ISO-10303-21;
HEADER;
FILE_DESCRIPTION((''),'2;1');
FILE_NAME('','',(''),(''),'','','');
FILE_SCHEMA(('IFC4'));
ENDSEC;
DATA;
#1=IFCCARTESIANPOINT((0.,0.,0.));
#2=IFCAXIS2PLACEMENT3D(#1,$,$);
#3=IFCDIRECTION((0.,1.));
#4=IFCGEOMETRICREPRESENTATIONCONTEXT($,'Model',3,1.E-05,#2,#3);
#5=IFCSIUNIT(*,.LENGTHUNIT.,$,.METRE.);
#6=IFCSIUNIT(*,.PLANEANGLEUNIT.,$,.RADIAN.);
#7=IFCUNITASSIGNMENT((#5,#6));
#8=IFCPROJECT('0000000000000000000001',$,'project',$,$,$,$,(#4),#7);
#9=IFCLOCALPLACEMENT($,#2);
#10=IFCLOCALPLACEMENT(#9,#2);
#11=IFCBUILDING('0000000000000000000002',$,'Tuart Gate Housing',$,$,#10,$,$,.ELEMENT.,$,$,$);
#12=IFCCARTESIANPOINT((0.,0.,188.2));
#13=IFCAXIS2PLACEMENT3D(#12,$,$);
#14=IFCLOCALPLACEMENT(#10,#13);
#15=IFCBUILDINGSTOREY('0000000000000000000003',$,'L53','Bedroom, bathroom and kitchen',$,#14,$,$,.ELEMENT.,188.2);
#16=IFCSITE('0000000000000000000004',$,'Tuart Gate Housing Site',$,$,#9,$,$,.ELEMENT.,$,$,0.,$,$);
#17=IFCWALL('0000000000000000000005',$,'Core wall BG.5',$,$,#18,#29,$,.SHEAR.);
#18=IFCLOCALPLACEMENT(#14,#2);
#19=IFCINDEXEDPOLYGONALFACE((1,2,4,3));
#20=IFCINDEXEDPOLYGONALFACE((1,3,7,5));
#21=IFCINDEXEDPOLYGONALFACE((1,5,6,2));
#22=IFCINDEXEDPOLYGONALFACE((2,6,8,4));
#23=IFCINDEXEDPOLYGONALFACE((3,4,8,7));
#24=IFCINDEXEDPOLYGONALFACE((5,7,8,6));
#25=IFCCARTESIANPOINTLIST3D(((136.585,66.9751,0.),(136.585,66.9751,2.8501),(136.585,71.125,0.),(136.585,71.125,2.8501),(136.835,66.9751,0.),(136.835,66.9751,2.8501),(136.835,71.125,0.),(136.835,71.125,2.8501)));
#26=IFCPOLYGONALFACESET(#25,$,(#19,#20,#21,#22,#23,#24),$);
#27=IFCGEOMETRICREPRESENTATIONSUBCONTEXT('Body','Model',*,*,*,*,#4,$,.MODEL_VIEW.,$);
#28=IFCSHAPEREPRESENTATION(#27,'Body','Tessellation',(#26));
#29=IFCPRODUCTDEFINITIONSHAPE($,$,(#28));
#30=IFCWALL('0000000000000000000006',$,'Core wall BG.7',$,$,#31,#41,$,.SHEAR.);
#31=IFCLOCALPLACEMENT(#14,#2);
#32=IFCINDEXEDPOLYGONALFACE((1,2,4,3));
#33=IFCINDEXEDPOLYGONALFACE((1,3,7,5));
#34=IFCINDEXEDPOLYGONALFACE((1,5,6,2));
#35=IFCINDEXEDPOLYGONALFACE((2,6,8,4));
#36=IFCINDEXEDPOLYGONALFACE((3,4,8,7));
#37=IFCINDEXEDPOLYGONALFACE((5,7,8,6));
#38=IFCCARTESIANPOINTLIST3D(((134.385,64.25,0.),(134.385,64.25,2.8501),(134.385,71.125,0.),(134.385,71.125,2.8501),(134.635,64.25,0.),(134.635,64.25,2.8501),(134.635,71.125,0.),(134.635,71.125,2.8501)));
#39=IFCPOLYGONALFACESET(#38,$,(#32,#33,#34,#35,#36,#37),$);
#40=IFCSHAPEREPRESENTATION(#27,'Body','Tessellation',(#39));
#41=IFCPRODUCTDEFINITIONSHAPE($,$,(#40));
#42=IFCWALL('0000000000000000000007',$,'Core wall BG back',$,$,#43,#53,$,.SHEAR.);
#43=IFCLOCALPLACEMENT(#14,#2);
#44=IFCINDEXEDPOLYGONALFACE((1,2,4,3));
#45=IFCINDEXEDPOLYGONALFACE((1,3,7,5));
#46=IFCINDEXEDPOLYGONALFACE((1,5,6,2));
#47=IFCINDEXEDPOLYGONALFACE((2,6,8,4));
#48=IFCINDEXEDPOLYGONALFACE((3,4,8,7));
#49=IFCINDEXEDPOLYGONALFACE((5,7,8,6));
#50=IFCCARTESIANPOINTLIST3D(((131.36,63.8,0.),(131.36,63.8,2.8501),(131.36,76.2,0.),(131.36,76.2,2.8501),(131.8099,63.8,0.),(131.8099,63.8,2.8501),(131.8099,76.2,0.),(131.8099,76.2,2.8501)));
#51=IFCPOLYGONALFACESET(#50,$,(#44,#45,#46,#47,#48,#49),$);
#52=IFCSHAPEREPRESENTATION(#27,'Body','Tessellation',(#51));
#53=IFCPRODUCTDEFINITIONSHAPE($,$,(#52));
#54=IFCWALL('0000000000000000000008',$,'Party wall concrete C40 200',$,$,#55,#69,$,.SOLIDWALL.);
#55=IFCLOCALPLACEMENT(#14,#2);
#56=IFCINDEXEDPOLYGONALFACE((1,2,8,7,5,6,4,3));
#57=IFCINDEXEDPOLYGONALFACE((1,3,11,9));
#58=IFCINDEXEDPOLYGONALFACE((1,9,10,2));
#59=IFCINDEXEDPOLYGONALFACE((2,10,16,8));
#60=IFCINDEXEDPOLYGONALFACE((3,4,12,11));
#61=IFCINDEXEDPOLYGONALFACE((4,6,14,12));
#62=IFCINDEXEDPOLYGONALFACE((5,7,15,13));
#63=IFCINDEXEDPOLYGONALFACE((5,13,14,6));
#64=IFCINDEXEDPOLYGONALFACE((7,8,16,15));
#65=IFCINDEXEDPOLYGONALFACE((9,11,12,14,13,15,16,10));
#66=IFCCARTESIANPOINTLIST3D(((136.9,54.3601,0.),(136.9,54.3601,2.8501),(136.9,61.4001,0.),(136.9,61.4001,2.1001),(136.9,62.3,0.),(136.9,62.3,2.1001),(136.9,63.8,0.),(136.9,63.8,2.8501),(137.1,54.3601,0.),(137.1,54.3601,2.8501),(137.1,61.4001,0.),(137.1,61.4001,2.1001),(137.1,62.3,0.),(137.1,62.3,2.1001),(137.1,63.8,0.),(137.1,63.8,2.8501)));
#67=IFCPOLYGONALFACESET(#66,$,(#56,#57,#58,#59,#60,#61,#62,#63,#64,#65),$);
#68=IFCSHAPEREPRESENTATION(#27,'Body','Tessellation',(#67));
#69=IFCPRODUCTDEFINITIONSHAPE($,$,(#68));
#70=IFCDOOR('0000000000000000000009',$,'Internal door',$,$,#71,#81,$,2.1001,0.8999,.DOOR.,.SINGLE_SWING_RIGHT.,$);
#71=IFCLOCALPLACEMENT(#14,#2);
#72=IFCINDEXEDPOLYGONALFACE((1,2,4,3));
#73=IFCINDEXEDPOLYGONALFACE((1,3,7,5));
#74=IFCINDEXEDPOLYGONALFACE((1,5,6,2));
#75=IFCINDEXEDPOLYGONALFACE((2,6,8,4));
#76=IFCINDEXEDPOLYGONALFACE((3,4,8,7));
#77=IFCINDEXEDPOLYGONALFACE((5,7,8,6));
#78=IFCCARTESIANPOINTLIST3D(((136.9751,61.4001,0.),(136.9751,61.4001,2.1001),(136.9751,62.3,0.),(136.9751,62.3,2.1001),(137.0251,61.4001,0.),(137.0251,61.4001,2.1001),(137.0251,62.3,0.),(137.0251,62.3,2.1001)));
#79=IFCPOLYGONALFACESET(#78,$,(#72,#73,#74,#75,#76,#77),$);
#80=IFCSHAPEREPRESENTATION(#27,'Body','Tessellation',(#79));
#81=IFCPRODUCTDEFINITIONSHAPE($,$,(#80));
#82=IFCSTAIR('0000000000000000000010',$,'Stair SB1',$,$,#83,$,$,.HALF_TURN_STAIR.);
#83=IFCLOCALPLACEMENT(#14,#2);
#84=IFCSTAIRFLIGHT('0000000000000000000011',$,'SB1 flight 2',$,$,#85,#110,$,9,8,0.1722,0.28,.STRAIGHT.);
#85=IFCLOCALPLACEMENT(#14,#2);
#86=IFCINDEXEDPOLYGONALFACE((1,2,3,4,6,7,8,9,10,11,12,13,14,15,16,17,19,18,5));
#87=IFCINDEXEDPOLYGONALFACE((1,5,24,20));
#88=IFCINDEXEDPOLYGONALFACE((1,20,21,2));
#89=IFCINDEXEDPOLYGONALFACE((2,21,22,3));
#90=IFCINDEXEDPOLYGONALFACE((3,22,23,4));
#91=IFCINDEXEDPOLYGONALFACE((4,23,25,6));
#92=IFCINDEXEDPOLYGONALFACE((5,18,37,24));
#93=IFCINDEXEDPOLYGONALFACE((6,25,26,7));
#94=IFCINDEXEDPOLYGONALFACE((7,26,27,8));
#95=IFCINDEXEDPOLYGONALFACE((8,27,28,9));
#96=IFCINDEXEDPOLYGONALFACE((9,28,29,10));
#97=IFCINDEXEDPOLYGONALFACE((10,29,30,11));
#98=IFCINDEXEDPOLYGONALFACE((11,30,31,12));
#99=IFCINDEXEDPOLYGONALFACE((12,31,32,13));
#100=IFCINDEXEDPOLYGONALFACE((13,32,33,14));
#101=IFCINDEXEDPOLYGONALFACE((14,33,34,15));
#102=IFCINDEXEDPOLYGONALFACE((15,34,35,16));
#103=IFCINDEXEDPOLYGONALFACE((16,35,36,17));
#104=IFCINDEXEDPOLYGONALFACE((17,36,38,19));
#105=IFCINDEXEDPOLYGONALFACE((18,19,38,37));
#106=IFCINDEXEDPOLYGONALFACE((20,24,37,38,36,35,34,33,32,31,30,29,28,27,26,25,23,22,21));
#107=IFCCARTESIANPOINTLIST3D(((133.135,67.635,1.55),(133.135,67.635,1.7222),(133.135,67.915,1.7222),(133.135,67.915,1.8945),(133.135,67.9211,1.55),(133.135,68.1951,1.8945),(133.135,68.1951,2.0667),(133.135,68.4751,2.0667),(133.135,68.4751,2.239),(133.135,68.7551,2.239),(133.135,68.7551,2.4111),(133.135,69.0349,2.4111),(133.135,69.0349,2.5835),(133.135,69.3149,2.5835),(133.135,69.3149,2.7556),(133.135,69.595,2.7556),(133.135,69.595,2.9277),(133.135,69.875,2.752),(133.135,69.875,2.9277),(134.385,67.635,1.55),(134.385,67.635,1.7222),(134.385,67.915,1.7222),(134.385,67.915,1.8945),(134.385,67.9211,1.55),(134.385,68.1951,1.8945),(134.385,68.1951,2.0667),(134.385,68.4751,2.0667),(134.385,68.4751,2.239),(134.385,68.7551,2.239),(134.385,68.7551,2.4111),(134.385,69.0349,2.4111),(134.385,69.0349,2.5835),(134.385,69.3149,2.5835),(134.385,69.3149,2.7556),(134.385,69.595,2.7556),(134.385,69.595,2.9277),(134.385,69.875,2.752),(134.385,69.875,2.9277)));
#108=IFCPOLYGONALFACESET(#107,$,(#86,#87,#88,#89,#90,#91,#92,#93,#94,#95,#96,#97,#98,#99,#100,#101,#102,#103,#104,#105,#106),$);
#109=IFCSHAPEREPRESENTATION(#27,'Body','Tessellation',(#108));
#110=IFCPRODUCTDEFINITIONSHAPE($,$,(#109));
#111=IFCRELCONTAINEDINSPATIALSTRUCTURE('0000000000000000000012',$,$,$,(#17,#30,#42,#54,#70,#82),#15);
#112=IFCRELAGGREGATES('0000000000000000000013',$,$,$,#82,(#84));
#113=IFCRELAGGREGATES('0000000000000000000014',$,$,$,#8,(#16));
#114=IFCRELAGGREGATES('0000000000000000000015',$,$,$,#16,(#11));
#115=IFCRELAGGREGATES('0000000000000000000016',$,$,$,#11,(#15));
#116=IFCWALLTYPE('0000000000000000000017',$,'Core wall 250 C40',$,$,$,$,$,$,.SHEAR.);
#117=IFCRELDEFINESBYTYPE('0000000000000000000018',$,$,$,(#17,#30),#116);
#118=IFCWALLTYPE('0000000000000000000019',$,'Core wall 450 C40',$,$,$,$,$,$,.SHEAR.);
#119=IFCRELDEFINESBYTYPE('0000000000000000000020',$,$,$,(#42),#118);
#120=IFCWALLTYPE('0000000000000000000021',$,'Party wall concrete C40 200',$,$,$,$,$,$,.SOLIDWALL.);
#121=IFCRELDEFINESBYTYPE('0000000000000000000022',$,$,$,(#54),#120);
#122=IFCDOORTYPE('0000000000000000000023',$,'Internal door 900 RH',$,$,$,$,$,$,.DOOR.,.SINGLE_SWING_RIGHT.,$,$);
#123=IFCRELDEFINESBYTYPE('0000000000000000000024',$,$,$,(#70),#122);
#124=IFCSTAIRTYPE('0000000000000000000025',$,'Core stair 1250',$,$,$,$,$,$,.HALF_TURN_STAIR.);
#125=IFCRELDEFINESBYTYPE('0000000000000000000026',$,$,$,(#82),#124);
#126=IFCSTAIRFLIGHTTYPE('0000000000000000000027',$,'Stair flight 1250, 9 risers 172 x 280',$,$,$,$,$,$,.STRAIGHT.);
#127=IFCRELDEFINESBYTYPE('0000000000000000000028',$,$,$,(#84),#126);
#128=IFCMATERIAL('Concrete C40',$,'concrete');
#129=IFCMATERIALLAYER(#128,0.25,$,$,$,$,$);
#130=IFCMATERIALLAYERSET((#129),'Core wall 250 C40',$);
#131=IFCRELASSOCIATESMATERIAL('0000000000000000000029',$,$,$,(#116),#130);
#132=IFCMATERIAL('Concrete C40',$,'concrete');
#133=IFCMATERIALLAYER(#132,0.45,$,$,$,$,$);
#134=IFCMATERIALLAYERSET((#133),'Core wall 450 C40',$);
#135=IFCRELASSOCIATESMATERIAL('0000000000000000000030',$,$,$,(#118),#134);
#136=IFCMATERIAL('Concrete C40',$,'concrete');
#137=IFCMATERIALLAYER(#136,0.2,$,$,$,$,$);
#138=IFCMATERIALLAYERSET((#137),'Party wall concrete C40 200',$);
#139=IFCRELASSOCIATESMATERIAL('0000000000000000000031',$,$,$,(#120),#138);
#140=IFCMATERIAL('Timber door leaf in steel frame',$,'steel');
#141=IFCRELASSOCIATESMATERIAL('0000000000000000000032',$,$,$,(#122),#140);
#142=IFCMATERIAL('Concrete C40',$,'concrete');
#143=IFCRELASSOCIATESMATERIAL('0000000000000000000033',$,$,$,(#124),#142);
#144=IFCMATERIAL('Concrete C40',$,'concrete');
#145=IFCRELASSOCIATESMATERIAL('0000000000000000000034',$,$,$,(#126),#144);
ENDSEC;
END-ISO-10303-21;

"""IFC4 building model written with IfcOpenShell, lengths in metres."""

from ifc_helpers import new_model, si_unit, direction, frame, frame_2d, origin, place, context, subcontext, project, spatial, polyline, rectangle, outline, extrude, material, layer, layer_set, type_object, element, fill, aggregate, save


model = new_model("IFC4")

# Units and contexts
model_context = context("Model", 3, precision=1e-05, world=origin(), true_north=direction((0.0, 1.0)))
body_context = subcontext(model_context, "Body", "Model", "MODEL_VIEW")
ifc_project = project(units=[si_unit("LENGTHUNIT", "METRE"), si_unit("PLANEANGLEUNIT", "RADIAN")], contexts=[model_context])

# Site, building, storey
site_placement = place(None, origin())
site = spatial("IfcSite", under=ifc_project, at=site_placement, Name="Tuart Gate Housing Site", CompositionType="ELEMENT", RefElevation=0.0)
building_placement = place(site_placement, origin())
building = spatial("IfcBuilding", under=site, at=building_placement, Name="Tuart Gate Housing", CompositionType="ELEMENT")
storey_placement = place(building_placement, frame((0.0, 0.0, 188.2)))
storey = spatial("IfcBuildingStorey", under=building, at=storey_placement, Name="L53", Description="Bedroom, bathroom and kitchen", CompositionType="ELEMENT", Elevation=188.2)

# Walls
ifc_material_1 = material(Name="Concrete C40", Category="concrete")
ifc_layer_1 = layer(ifc_material_1, 0.25)
ifc_layer_set_1 = layer_set([ifc_layer_1], Name="Core wall 250 C40")
wall_type_1 = type_object("IfcWallType", Name="Core wall 250 C40", PredefinedType="SHEAR", material=ifc_layer_set_1)
wall_1_placement = place(storey_placement, frame((136.71, 66.9751, 0.0), z_axis=(0.0, 0.0, 1.0), x_axis=(0.0, 1.0, 0.0)))
element("IfcWall", 1, at=wall_1_placement, inside=storey, type_object=wall_type_1, Name="Core wall BG.5", PredefinedType="SHEAR", context=body_context, shape_type="SweptSolid", body=[
    extrude(rectangle(XDim=4.1499, YDim=0.25, at=frame_2d((2.075, 0.0))), origin(), (0.0, 0.0, 1.0), 2.8501),
])
wall_2_placement = place(storey_placement, frame((134.51, 64.25, 0.0), z_axis=(0.0, 0.0, 1.0), x_axis=(0.0, 1.0, 0.0)))
element("IfcWall", 2, at=wall_2_placement, inside=storey, type_object=wall_type_1, Name="Core wall BG.7", PredefinedType="SHEAR", context=body_context, shape_type="SweptSolid", body=[
    extrude(rectangle(XDim=6.875, YDim=0.25, at=frame_2d((3.4375, 0.0))), origin(), (0.0, 0.0, 1.0), 2.8501),
])
ifc_material_2 = material(Name="Concrete C40", Category="concrete")
ifc_layer_2 = layer(ifc_material_2, 0.45)
ifc_layer_set_2 = layer_set([ifc_layer_2], Name="Core wall 450 C40")
wall_type_2 = type_object("IfcWallType", Name="Core wall 450 C40", PredefinedType="SHEAR", material=ifc_layer_set_2)
wall_3_placement = place(storey_placement, frame((131.585, 63.8, 0.0), z_axis=(0.0, 0.0, 1.0), x_axis=(0.0, 1.0, 0.0)))
element("IfcWall", 3, at=wall_3_placement, inside=storey, type_object=wall_type_2, Name="Core wall BG back", PredefinedType="SHEAR", context=body_context, shape_type="SweptSolid", body=[
    extrude(rectangle(XDim=12.3999, YDim=0.45, at=frame_2d((6.2, 0.0))), origin(), (0.0, 0.0, 1.0), 2.8501),
])

# Wall, opening, door
ifc_material_3 = material(Name="Concrete C40", Category="concrete")
ifc_layer_3 = layer(ifc_material_3, 0.2)
ifc_layer_set_3 = layer_set([ifc_layer_3], Name="Party wall concrete C40 200")
wall_type_3 = type_object("IfcWallType", Name="Party wall concrete C40 200", PredefinedType="SOLIDWALL", material=ifc_layer_set_3)
wall_4_placement = place(storey_placement, frame((137.0, 54.3601, 0.0), z_axis=(0.0, 0.0, 1.0), x_axis=(0.0, 1.0, 0.0)))
wall_4 = element("IfcWall", 4, at=wall_4_placement, inside=storey, type_object=wall_type_3, Name="Party wall concrete C40 200", PredefinedType="SOLIDWALL", context=body_context, shape_type="SweptSolid", body=[
    extrude(rectangle(XDim=9.4399, YDim=0.2, at=frame_2d((4.72, 0.0))), origin(), (0.0, 0.0, 1.0), 2.8501),
])
opening_1_placement = place(wall_4_placement, frame((7.04, 0.0, 0.0)))
opening_1 = element("IfcOpeningElement", 5, at=opening_1_placement, cuts=wall_4, PredefinedType="OPENING", context=body_context, shape_type="SweptSolid", body=[
    extrude(rectangle(XDim=0.8999, YDim=2.1001, at=frame_2d((0.45, 1.05))), frame((0.0, 0.1099, 0.0), z_axis=(0.0, -1.0, 0.0), x_axis=(1.0, 0.0, 0.0)), (0.0, 0.0, 1.0), 0.22),
])
ifc_material_4 = material(Name="Timber door leaf in steel frame", Category="steel")
door_type = type_object("IfcDoorType", Name="Internal door 900 RH", OperationType="SINGLE_SWING_RIGHT", PredefinedType="DOOR", material=ifc_material_4)
door_placement = place(opening_1_placement, frame((0.8999, 0.0, 0.0), z_axis=(0.0, 0.0, 1.0), x_axis=(-1.0, 0.0, 0.0)))
door = element("IfcDoor", 6, at=door_placement, inside=storey, type_object=door_type, Name="Internal door", OperationType="SINGLE_SWING_RIGHT", OverallHeight=2.1001, OverallWidth=0.8999, PredefinedType="DOOR", context=body_context, shape_type="SweptSolid", body=[
    extrude(rectangle(XDim=0.8999, YDim=2.1001, at=frame_2d((0.45, 1.05))), frame((0.0, 0.0251, 0.0), z_axis=(0.0, -1.0, 0.0), x_axis=(1.0, 0.0, 0.0)), (0.0, 0.0, 1.0), 0.05),
])
fill(opening_1, door)

# Stair, stair flight
ifc_material_5 = material(Name="Concrete C40", Category="concrete")
stair_type = type_object("IfcStairType", Name="Core stair 1250", PredefinedType="HALF_TURN_STAIR", material=ifc_material_5)
stair_placement = place(storey_placement, origin())
stair = element("IfcStair", 7, at=stair_placement, inside=storey, type_object=stair_type, Name="Stair SB1", PredefinedType="HALF_TURN_STAIR")
ifc_material_6 = material(Name="Concrete C40", Category="concrete")
stair_flight_type = type_object("IfcStairFlightType", Name="Stair flight 1250, 9 risers 172 x 280", PredefinedType="STRAIGHT", material=ifc_material_6)
stair_flight_placement = place(storey_placement, frame((133.76, 67.635, 1.55), z_axis=(0.0, 0.0, 1.0), x_axis=(0.0, 1.0, 0.0)))
stair_flight = element("IfcStairFlight", 8, at=stair_flight_placement, type_object=stair_flight_type, Name="SB1 flight 2", NumberOfRisers=9, NumberOfTreads=8, PredefinedType="STRAIGHT", RiserHeight=0.1722, TreadLength=0.28, context=body_context, shape_type="SweptSolid", body=[
    extrude(outline(polyline([(0.0, 0.0), (0.0, 0.1721), (0.28, 0.1721), (0.28, 0.3445), (0.5601, 0.3445), (0.5601, 0.5166), (0.8401, 0.5166), (0.8401, 0.689), (1.1201, 0.689), (1.1201, 0.8611), (1.3999, 0.8611), (1.3999, 1.0334), (1.6799, 1.0334), (1.6799, 1.2056), (1.96, 1.2056), (1.96, 1.3777), (2.24, 1.3777), (2.24, 1.55), (2.24, 1.2019), (0.2861, 0.0), (0.0, 0.0)])), frame((0.0, 0.625, 0.0), z_axis=(0.0, -1.0, 0.0), x_axis=(1.0, 0.0, 0.0)), (0.0, 0.0, 1.0), 1.25),
])
aggregate(stair, [stair_flight])

save(model, "model.ifc")
